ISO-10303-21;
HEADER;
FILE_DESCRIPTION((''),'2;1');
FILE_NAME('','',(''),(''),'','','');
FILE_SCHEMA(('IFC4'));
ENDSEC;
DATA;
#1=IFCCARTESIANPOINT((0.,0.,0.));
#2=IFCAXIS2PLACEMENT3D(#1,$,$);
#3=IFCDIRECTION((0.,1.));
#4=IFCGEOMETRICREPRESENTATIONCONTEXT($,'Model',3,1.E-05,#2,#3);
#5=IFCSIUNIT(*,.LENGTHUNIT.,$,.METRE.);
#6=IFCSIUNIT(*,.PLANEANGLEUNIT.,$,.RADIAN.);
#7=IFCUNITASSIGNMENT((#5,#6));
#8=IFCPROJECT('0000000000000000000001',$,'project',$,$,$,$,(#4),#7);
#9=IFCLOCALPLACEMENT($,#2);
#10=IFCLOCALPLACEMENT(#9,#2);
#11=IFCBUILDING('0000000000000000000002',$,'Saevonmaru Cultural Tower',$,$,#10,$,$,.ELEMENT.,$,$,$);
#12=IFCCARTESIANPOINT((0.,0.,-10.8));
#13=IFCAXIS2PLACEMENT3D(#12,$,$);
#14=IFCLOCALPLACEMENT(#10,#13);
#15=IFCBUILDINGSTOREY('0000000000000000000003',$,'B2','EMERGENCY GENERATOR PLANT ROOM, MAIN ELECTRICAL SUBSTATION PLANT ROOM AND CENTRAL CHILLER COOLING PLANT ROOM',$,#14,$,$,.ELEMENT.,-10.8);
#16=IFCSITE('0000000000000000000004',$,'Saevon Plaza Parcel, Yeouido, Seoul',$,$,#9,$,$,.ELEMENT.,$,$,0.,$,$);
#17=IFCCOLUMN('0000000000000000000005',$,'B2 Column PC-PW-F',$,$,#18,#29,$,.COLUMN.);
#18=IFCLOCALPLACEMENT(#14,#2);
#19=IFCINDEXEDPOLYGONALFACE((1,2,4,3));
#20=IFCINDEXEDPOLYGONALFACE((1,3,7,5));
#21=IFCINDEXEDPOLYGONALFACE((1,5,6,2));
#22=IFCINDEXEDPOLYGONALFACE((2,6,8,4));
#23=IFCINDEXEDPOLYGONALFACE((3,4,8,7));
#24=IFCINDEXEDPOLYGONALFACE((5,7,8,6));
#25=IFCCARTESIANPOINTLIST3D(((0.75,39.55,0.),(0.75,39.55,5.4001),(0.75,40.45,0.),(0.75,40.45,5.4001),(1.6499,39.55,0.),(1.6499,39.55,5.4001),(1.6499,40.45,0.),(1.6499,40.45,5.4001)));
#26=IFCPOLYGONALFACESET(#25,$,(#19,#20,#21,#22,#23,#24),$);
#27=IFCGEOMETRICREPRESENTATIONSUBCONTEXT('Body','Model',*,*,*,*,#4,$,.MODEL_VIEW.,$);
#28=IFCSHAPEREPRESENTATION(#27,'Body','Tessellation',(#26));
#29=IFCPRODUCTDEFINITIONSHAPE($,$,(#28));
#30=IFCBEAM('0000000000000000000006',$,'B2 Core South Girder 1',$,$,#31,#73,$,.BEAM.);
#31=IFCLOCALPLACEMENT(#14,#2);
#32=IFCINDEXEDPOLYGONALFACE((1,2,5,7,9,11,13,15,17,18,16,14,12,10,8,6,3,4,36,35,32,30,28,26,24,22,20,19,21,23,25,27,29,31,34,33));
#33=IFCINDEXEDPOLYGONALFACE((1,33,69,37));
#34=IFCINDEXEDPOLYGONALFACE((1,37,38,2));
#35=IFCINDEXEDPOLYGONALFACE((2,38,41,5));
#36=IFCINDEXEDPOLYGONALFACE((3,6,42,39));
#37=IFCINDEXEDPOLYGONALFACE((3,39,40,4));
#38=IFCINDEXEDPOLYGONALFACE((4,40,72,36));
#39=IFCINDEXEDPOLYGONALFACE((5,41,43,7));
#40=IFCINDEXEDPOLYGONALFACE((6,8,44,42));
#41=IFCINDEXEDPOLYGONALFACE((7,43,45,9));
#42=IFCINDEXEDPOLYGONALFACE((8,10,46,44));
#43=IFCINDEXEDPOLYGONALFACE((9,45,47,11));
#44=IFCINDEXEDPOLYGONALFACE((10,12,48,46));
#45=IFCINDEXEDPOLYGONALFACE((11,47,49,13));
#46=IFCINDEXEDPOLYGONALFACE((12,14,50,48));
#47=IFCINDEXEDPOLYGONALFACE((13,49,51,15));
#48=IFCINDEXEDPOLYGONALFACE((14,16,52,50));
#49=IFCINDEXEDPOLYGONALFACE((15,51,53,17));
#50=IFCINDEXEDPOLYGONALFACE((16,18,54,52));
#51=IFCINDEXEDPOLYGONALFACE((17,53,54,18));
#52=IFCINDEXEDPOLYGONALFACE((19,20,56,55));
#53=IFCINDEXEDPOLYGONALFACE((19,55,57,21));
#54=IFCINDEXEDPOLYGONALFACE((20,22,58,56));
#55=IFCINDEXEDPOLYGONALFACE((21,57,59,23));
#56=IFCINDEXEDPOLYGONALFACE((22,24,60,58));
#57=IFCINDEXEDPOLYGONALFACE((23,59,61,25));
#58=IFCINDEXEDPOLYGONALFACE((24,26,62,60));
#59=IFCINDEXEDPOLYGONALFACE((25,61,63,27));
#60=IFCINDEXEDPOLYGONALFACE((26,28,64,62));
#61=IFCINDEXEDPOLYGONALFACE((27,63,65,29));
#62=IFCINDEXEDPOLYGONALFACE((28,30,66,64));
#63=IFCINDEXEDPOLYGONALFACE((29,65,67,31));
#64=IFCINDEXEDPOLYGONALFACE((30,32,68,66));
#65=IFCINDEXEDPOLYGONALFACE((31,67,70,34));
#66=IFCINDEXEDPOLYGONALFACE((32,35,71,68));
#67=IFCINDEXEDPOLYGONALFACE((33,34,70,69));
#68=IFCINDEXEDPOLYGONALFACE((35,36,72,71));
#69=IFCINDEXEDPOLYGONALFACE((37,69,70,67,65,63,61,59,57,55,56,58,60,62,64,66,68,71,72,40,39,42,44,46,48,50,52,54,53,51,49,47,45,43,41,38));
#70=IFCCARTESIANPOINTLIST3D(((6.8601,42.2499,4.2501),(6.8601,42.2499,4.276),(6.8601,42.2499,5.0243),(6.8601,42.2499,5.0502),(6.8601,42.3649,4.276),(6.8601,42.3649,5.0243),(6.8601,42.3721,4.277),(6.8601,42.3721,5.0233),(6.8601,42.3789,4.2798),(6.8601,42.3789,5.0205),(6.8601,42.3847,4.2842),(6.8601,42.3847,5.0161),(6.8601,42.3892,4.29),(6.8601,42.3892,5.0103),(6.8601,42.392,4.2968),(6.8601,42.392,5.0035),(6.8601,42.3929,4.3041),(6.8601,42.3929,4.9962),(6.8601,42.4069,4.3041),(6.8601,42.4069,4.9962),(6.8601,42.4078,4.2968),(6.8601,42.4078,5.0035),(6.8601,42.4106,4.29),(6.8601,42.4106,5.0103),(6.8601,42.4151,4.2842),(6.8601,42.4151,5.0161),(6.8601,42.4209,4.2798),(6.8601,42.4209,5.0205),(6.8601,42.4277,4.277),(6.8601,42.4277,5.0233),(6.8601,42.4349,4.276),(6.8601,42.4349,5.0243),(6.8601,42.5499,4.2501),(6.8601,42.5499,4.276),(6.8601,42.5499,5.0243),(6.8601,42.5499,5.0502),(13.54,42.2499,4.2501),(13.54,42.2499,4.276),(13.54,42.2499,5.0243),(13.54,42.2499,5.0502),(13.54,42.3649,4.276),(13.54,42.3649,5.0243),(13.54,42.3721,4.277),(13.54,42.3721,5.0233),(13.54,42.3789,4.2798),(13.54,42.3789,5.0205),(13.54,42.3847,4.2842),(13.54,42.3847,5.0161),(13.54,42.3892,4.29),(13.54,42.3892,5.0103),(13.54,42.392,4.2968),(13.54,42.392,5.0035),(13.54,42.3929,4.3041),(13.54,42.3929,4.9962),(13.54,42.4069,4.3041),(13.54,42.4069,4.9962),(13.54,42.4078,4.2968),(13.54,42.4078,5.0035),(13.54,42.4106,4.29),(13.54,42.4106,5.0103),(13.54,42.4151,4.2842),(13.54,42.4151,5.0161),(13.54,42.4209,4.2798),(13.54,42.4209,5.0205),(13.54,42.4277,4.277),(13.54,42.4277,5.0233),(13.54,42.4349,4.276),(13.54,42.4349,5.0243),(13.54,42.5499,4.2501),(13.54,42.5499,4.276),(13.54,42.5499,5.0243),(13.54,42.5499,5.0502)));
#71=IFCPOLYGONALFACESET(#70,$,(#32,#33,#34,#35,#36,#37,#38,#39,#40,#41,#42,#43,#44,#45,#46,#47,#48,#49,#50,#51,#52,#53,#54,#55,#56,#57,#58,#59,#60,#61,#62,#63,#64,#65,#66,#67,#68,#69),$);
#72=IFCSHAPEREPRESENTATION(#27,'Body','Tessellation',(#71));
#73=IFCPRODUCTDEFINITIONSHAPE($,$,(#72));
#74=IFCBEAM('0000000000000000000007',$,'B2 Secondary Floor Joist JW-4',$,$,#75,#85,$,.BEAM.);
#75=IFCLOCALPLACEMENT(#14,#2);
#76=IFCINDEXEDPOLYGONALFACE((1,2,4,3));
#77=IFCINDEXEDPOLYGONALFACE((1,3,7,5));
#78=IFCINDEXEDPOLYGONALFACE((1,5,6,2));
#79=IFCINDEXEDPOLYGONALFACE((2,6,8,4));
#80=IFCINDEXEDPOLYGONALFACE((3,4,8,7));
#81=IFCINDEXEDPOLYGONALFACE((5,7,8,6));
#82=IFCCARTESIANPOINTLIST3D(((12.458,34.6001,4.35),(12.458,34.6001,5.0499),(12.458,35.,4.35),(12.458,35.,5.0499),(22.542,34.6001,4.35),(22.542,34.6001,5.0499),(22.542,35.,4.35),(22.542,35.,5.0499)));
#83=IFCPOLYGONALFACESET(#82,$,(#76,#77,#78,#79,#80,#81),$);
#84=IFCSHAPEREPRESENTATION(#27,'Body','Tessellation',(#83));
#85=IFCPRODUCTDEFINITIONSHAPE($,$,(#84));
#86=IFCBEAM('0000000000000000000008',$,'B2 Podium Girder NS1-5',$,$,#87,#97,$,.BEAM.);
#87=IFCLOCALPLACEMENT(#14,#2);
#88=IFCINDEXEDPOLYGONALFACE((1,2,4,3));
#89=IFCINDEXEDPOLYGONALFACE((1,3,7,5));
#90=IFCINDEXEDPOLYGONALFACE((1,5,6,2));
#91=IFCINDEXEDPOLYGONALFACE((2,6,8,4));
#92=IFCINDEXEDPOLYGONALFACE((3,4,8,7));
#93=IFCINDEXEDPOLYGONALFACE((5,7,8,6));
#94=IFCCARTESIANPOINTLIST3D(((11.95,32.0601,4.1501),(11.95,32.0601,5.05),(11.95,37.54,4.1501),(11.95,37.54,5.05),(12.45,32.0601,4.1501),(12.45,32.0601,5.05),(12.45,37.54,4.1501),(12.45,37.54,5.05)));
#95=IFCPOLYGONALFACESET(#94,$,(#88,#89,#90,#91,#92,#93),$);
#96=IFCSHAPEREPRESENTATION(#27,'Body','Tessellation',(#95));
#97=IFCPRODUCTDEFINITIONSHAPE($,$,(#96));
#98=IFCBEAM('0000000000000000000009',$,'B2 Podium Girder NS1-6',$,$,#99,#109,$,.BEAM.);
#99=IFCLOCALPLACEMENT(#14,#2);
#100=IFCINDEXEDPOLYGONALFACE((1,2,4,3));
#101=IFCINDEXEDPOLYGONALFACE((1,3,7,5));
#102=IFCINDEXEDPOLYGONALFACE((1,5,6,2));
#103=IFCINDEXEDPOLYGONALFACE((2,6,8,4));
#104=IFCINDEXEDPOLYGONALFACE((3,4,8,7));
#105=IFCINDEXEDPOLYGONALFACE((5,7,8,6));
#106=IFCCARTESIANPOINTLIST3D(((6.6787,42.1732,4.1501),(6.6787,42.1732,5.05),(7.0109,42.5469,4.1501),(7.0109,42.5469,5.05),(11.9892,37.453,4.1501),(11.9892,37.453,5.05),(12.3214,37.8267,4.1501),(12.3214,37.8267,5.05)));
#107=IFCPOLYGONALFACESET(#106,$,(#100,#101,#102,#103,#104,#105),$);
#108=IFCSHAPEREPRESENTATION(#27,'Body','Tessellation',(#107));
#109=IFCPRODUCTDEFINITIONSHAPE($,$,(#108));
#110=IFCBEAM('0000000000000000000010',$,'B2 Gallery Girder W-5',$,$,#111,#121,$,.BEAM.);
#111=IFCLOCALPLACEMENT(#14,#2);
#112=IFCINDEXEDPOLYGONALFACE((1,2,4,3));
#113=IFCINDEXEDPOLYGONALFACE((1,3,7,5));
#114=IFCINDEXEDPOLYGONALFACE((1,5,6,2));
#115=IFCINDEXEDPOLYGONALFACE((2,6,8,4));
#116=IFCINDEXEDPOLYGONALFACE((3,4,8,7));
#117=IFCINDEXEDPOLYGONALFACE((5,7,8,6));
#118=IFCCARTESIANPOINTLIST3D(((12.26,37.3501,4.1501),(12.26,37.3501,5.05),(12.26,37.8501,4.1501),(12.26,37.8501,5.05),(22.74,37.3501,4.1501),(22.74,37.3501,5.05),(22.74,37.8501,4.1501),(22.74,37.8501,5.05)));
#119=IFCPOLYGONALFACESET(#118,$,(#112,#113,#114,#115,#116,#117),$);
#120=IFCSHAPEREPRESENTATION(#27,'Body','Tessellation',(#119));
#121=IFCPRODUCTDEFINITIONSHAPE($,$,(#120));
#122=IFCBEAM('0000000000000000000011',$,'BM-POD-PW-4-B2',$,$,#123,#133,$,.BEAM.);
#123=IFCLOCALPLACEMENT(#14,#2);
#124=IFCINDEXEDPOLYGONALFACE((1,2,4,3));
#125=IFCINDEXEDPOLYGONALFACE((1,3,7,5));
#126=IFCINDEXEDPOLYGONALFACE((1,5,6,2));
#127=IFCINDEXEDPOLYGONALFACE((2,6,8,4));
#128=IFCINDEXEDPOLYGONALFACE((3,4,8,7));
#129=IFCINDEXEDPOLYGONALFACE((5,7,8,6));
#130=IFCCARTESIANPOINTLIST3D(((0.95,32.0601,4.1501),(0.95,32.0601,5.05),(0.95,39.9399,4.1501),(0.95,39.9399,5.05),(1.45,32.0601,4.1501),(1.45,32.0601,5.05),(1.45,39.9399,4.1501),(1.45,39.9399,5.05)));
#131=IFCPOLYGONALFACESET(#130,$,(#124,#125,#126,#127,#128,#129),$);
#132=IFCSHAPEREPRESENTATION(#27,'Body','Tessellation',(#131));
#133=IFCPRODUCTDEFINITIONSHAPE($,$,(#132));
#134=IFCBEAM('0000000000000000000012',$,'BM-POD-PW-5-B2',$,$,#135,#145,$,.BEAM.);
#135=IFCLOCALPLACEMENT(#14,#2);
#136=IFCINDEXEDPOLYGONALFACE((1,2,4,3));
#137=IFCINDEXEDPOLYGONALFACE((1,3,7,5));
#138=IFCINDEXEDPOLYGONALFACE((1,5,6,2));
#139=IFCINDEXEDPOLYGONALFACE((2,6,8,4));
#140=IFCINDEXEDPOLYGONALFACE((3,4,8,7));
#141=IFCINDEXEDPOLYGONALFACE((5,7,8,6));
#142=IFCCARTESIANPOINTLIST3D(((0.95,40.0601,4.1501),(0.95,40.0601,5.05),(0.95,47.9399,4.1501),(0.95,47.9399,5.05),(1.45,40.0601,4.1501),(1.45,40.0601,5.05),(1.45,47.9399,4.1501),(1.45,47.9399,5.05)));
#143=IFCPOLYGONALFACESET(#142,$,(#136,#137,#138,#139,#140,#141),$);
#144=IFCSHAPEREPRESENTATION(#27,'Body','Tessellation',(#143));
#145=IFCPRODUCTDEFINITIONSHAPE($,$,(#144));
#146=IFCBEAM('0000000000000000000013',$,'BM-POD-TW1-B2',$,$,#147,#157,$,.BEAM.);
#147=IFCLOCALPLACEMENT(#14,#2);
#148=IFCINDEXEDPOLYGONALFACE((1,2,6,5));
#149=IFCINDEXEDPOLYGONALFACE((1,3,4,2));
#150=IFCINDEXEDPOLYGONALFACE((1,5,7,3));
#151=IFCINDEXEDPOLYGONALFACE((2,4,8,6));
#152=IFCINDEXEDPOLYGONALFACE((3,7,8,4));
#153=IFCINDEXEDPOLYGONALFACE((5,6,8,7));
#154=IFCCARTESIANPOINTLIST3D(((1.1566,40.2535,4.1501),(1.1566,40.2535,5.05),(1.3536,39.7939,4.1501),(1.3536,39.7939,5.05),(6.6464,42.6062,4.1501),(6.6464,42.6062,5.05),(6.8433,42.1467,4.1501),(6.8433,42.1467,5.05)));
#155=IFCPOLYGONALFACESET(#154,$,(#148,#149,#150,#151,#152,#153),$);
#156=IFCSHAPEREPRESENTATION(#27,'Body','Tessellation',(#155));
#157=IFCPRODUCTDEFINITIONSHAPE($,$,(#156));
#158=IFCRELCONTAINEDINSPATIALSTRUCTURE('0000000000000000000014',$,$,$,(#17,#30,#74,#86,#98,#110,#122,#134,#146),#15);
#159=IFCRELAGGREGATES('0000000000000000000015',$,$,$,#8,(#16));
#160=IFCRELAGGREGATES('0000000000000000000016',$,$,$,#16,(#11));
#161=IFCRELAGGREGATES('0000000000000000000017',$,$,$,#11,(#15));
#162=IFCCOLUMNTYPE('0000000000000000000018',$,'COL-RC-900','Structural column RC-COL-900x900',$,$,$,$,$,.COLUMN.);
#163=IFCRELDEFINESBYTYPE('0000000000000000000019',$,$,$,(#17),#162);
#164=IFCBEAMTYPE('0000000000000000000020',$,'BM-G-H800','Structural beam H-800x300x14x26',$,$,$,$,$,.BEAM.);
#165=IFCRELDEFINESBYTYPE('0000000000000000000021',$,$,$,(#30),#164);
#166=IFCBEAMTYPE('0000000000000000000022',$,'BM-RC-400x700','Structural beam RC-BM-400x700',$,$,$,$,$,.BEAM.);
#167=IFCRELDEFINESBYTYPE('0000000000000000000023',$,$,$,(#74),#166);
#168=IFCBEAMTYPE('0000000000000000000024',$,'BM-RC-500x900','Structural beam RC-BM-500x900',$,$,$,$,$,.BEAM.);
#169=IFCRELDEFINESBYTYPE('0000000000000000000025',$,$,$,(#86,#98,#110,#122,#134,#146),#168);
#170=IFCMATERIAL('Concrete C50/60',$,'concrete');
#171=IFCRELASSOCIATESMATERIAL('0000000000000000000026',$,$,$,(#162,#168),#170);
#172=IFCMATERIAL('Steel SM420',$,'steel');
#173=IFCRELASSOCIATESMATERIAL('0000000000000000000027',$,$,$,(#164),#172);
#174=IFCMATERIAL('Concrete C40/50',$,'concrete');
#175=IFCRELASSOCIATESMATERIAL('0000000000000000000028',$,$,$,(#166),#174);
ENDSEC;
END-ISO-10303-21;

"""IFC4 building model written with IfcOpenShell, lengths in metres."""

from ifc_helpers import new_model, si_unit, direction, frame, origin, origin_2d, place, context, subcontext, project, spatial, rectangle, i_section, extrude, material, material_profile, profile_set, type_object, element, save


model = new_model("IFC4")

# Units and contexts
model_context = context("Model", 3, precision=1e-05, world=origin(), true_north=direction((0.0, 1.0)))
body_context = subcontext(model_context, "Body", "Model", "MODEL_VIEW")
ifc_project = project(units=[si_unit("LENGTHUNIT", "METRE"), si_unit("PLANEANGLEUNIT", "RADIAN")], contexts=[model_context])

# Site, building, storey
site_placement = place(None, origin())
site = spatial("IfcSite", under=ifc_project, at=site_placement, Name="Saevon Plaza Parcel, Yeouido, Seoul", CompositionType="ELEMENT", RefElevation=0.0)
building_placement = place(site_placement, origin())
building = spatial("IfcBuilding", under=site, at=building_placement, Name="Saevonmaru Cultural Tower", CompositionType="ELEMENT")
storey_placement = place(building_placement, frame((0.0, 0.0, -10.8)))
storey = spatial("IfcBuildingStorey", under=building, at=storey_placement, Name="B2", Description="EMERGENCY GENERATOR PLANT ROOM, MAIN ELECTRICAL SUBSTATION PLANT ROOM AND CENTRAL CHILLER COOLING PLANT ROOM", CompositionType="ELEMENT", Elevation=-10.8)

# Shared definitions
ifc_material_1 = material(Name="Concrete C50/60", Category="concrete")

# Column
ifc_material_profile_1 = material_profile(ifc_material_1, rectangle(XDim=0.8999, YDim=0.8999, at=origin_2d()), Name="RC-COL-900x900")
ifc_profile_set_1 = profile_set([ifc_material_profile_1], Name="Concrete C50/60")
column_type_1 = type_object("IfcColumnType", Name="COL-RC-900", Description="Structural column RC-COL-900x900", PredefinedType="COLUMN", material=ifc_profile_set_1)
column_placement = place(storey_placement, frame((1.2, 40.0, 0.0), z_axis=(0.0, 0.0, 1.0), x_axis=(1.0, 0.0, 0.0)))
element("IfcColumn", 1, at=column_placement, inside=storey, type_object=column_type_1, Name="B2 Column PC-PW-F", PredefinedType="COLUMN", context=body_context, shape_type="SweptSolid", body=[
    extrude(rectangle(XDim=0.8999, YDim=0.8999, at=origin_2d()), origin(), (0.0, 0.0, 1.0), 5.4001),
])

# Beams
ifc_material_2 = material(Name="Steel SM420", Category="steel")
ifc_material_profile_2 = material_profile(ifc_material_2, i_section(OverallWidth=0.3, OverallDepth=0.8, WebThickness=0.0139, FlangeThickness=0.0259, FilletRadius=0.0281, at=origin_2d()), Name="H-800x300x14x26")
ifc_profile_set_2 = profile_set([ifc_material_profile_2], Name="Steel SM420")
beam_type_1 = type_object("IfcBeamType", Name="BM-G-H800", Description="Structural beam H-800x300x14x26", PredefinedType="BEAM", material=ifc_profile_set_2)
beam_1_placement = place(storey_placement, frame((6.8601, 42.3999, 4.6501), z_axis=(1.0, 0.0, 0.0), x_axis=(0.0, 1.0, 0.0)))
element("IfcBeam", 2, at=beam_1_placement, inside=storey, type_object=beam_type_1, Name="B2 Core South Girder 1", PredefinedType="BEAM", context=body_context, shape_type="SweptSolid", body=[
    extrude(i_section(OverallWidth=0.3, OverallDepth=0.8, WebThickness=0.0139, FlangeThickness=0.0259, FilletRadius=0.0281, at=origin_2d()), origin(), (0.0, 0.0, 1.0), 6.6799),
])
ifc_material_3 = material(Name="Concrete C40/50", Category="concrete")
ifc_material_profile_3 = material_profile(ifc_material_3, rectangle(XDim=0.3999, YDim=0.7, at=origin_2d()), Name="RC-BM-400x700")
ifc_profile_set_3 = profile_set([ifc_material_profile_3], Name="Concrete C40/50")
beam_type_2 = type_object("IfcBeamType", Name="BM-RC-400x700", Description="Structural beam RC-BM-400x700", PredefinedType="BEAM", material=ifc_profile_set_3)
beam_2_placement = place(storey_placement, frame((12.458, 34.8, 4.7), z_axis=(1.0, 0.0, 0.0), x_axis=(0.0, 1.0, 0.0)))
element("IfcBeam", 3, at=beam_2_placement, inside=storey, type_object=beam_type_2, Name="B2 Secondary Floor Joist JW-4", PredefinedType="BEAM", context=body_context, shape_type="SweptSolid", body=[
    extrude(rectangle(XDim=0.3999, YDim=0.7, at=origin_2d()), origin(), (0.0, 0.0, 1.0), 10.084),
])
ifc_material_profile_4 = material_profile(ifc_material_1, rectangle(XDim=0.5, YDim=0.8999, at=origin_2d()), Name="RC-BM-500x900")
ifc_profile_set_4 = profile_set([ifc_material_profile_4], Name="Concrete C50/60")
beam_type_3 = type_object("IfcBeamType", Name="BM-RC-500x900", Description="Structural beam RC-BM-500x900", PredefinedType="BEAM", material=ifc_profile_set_4)
beam_3_placement = place(storey_placement, frame((12.2, 32.0601, 4.6001), z_axis=(0.0, 1.0, 0.0), x_axis=(-1.0, 0.0, 0.0)))
element("IfcBeam", 4, at=beam_3_placement, inside=storey, type_object=beam_type_3, Name="B2 Podium Girder NS1-5", PredefinedType="BEAM", context=body_context, shape_type="SweptSolid", body=[
    extrude(rectangle(XDim=0.5, YDim=0.8999, at=origin_2d()), origin(), (0.0, 0.0, 1.0), 5.48),
])
beam_4_placement = place(storey_placement, frame((12.1553, 37.6399, 4.6001), z_axis=(-0.747428, 0.664343, 0.0), x_axis=(-0.664343, -0.747428, 0.0)))
element("IfcBeam", 5, at=beam_4_placement, inside=storey, type_object=beam_type_3, Name="B2 Podium Girder NS1-6", PredefinedType="BEAM", context=body_context, shape_type="SweptSolid", body=[
    extrude(rectangle(XDim=0.5, YDim=0.8999, at=origin_2d()), origin(), (0.0, 0.0, 1.0), 7.105),
])
beam_5_placement = place(storey_placement, frame((12.26, 37.6001, 4.6001), z_axis=(1.0, 0.0, 0.0), x_axis=(0.0, 1.0, 0.0)))
element("IfcBeam", 6, at=beam_5_placement, inside=storey, type_object=beam_type_3, Name="B2 Gallery Girder W-5", PredefinedType="BEAM", context=body_context, shape_type="SweptSolid", body=[
    extrude(rectangle(XDim=0.5, YDim=0.8999, at=origin_2d()), origin(), (0.0, 0.0, 1.0), 10.48),
])
for number, where, z_axis, x_axis, name in (
    (7, (1.2, 32.0601, 4.6001), (0.0, 1.0, 0.0), (-1.0, 0.0, 0.0), "BM-POD-PW-4-B2"),
    (8, (1.2, 40.0601, 4.6001), (0.0, 1.0, 0.0), (-1.0, 0.0, 0.0), "BM-POD-PW-5-B2"),
):
    element("IfcBeam", number, at=place(storey_placement, frame(where, z_axis=z_axis, x_axis=x_axis)), inside=storey, type_object=beam_type_3, Name=name, PredefinedType="BEAM", context=body_context, shape_type="SweptSolid", body=[
        extrude(rectangle(XDim=0.5, YDim=0.8999, at=origin_2d()), origin(), (0.0, 0.0, 1.0), 7.8799),
    ])
beam_6_placement = place(storey_placement, frame((1.2551, 40.0237, 4.6001), z_axis=(0.919143, 0.393924, 0.0), x_axis=(-0.393924, 0.919143, 0.0)))
element("IfcBeam", 9, at=beam_6_placement, inside=storey, type_object=beam_type_3, Name="BM-POD-TW1-B2", PredefinedType="BEAM", context=body_context, shape_type="SweptSolid", body=[
    extrude(rectangle(XDim=0.5, YDim=0.8999, at=origin_2d()), origin(), (0.0, 0.0, 1.0), 5.9727),
])

save(model, "model.ifc")
